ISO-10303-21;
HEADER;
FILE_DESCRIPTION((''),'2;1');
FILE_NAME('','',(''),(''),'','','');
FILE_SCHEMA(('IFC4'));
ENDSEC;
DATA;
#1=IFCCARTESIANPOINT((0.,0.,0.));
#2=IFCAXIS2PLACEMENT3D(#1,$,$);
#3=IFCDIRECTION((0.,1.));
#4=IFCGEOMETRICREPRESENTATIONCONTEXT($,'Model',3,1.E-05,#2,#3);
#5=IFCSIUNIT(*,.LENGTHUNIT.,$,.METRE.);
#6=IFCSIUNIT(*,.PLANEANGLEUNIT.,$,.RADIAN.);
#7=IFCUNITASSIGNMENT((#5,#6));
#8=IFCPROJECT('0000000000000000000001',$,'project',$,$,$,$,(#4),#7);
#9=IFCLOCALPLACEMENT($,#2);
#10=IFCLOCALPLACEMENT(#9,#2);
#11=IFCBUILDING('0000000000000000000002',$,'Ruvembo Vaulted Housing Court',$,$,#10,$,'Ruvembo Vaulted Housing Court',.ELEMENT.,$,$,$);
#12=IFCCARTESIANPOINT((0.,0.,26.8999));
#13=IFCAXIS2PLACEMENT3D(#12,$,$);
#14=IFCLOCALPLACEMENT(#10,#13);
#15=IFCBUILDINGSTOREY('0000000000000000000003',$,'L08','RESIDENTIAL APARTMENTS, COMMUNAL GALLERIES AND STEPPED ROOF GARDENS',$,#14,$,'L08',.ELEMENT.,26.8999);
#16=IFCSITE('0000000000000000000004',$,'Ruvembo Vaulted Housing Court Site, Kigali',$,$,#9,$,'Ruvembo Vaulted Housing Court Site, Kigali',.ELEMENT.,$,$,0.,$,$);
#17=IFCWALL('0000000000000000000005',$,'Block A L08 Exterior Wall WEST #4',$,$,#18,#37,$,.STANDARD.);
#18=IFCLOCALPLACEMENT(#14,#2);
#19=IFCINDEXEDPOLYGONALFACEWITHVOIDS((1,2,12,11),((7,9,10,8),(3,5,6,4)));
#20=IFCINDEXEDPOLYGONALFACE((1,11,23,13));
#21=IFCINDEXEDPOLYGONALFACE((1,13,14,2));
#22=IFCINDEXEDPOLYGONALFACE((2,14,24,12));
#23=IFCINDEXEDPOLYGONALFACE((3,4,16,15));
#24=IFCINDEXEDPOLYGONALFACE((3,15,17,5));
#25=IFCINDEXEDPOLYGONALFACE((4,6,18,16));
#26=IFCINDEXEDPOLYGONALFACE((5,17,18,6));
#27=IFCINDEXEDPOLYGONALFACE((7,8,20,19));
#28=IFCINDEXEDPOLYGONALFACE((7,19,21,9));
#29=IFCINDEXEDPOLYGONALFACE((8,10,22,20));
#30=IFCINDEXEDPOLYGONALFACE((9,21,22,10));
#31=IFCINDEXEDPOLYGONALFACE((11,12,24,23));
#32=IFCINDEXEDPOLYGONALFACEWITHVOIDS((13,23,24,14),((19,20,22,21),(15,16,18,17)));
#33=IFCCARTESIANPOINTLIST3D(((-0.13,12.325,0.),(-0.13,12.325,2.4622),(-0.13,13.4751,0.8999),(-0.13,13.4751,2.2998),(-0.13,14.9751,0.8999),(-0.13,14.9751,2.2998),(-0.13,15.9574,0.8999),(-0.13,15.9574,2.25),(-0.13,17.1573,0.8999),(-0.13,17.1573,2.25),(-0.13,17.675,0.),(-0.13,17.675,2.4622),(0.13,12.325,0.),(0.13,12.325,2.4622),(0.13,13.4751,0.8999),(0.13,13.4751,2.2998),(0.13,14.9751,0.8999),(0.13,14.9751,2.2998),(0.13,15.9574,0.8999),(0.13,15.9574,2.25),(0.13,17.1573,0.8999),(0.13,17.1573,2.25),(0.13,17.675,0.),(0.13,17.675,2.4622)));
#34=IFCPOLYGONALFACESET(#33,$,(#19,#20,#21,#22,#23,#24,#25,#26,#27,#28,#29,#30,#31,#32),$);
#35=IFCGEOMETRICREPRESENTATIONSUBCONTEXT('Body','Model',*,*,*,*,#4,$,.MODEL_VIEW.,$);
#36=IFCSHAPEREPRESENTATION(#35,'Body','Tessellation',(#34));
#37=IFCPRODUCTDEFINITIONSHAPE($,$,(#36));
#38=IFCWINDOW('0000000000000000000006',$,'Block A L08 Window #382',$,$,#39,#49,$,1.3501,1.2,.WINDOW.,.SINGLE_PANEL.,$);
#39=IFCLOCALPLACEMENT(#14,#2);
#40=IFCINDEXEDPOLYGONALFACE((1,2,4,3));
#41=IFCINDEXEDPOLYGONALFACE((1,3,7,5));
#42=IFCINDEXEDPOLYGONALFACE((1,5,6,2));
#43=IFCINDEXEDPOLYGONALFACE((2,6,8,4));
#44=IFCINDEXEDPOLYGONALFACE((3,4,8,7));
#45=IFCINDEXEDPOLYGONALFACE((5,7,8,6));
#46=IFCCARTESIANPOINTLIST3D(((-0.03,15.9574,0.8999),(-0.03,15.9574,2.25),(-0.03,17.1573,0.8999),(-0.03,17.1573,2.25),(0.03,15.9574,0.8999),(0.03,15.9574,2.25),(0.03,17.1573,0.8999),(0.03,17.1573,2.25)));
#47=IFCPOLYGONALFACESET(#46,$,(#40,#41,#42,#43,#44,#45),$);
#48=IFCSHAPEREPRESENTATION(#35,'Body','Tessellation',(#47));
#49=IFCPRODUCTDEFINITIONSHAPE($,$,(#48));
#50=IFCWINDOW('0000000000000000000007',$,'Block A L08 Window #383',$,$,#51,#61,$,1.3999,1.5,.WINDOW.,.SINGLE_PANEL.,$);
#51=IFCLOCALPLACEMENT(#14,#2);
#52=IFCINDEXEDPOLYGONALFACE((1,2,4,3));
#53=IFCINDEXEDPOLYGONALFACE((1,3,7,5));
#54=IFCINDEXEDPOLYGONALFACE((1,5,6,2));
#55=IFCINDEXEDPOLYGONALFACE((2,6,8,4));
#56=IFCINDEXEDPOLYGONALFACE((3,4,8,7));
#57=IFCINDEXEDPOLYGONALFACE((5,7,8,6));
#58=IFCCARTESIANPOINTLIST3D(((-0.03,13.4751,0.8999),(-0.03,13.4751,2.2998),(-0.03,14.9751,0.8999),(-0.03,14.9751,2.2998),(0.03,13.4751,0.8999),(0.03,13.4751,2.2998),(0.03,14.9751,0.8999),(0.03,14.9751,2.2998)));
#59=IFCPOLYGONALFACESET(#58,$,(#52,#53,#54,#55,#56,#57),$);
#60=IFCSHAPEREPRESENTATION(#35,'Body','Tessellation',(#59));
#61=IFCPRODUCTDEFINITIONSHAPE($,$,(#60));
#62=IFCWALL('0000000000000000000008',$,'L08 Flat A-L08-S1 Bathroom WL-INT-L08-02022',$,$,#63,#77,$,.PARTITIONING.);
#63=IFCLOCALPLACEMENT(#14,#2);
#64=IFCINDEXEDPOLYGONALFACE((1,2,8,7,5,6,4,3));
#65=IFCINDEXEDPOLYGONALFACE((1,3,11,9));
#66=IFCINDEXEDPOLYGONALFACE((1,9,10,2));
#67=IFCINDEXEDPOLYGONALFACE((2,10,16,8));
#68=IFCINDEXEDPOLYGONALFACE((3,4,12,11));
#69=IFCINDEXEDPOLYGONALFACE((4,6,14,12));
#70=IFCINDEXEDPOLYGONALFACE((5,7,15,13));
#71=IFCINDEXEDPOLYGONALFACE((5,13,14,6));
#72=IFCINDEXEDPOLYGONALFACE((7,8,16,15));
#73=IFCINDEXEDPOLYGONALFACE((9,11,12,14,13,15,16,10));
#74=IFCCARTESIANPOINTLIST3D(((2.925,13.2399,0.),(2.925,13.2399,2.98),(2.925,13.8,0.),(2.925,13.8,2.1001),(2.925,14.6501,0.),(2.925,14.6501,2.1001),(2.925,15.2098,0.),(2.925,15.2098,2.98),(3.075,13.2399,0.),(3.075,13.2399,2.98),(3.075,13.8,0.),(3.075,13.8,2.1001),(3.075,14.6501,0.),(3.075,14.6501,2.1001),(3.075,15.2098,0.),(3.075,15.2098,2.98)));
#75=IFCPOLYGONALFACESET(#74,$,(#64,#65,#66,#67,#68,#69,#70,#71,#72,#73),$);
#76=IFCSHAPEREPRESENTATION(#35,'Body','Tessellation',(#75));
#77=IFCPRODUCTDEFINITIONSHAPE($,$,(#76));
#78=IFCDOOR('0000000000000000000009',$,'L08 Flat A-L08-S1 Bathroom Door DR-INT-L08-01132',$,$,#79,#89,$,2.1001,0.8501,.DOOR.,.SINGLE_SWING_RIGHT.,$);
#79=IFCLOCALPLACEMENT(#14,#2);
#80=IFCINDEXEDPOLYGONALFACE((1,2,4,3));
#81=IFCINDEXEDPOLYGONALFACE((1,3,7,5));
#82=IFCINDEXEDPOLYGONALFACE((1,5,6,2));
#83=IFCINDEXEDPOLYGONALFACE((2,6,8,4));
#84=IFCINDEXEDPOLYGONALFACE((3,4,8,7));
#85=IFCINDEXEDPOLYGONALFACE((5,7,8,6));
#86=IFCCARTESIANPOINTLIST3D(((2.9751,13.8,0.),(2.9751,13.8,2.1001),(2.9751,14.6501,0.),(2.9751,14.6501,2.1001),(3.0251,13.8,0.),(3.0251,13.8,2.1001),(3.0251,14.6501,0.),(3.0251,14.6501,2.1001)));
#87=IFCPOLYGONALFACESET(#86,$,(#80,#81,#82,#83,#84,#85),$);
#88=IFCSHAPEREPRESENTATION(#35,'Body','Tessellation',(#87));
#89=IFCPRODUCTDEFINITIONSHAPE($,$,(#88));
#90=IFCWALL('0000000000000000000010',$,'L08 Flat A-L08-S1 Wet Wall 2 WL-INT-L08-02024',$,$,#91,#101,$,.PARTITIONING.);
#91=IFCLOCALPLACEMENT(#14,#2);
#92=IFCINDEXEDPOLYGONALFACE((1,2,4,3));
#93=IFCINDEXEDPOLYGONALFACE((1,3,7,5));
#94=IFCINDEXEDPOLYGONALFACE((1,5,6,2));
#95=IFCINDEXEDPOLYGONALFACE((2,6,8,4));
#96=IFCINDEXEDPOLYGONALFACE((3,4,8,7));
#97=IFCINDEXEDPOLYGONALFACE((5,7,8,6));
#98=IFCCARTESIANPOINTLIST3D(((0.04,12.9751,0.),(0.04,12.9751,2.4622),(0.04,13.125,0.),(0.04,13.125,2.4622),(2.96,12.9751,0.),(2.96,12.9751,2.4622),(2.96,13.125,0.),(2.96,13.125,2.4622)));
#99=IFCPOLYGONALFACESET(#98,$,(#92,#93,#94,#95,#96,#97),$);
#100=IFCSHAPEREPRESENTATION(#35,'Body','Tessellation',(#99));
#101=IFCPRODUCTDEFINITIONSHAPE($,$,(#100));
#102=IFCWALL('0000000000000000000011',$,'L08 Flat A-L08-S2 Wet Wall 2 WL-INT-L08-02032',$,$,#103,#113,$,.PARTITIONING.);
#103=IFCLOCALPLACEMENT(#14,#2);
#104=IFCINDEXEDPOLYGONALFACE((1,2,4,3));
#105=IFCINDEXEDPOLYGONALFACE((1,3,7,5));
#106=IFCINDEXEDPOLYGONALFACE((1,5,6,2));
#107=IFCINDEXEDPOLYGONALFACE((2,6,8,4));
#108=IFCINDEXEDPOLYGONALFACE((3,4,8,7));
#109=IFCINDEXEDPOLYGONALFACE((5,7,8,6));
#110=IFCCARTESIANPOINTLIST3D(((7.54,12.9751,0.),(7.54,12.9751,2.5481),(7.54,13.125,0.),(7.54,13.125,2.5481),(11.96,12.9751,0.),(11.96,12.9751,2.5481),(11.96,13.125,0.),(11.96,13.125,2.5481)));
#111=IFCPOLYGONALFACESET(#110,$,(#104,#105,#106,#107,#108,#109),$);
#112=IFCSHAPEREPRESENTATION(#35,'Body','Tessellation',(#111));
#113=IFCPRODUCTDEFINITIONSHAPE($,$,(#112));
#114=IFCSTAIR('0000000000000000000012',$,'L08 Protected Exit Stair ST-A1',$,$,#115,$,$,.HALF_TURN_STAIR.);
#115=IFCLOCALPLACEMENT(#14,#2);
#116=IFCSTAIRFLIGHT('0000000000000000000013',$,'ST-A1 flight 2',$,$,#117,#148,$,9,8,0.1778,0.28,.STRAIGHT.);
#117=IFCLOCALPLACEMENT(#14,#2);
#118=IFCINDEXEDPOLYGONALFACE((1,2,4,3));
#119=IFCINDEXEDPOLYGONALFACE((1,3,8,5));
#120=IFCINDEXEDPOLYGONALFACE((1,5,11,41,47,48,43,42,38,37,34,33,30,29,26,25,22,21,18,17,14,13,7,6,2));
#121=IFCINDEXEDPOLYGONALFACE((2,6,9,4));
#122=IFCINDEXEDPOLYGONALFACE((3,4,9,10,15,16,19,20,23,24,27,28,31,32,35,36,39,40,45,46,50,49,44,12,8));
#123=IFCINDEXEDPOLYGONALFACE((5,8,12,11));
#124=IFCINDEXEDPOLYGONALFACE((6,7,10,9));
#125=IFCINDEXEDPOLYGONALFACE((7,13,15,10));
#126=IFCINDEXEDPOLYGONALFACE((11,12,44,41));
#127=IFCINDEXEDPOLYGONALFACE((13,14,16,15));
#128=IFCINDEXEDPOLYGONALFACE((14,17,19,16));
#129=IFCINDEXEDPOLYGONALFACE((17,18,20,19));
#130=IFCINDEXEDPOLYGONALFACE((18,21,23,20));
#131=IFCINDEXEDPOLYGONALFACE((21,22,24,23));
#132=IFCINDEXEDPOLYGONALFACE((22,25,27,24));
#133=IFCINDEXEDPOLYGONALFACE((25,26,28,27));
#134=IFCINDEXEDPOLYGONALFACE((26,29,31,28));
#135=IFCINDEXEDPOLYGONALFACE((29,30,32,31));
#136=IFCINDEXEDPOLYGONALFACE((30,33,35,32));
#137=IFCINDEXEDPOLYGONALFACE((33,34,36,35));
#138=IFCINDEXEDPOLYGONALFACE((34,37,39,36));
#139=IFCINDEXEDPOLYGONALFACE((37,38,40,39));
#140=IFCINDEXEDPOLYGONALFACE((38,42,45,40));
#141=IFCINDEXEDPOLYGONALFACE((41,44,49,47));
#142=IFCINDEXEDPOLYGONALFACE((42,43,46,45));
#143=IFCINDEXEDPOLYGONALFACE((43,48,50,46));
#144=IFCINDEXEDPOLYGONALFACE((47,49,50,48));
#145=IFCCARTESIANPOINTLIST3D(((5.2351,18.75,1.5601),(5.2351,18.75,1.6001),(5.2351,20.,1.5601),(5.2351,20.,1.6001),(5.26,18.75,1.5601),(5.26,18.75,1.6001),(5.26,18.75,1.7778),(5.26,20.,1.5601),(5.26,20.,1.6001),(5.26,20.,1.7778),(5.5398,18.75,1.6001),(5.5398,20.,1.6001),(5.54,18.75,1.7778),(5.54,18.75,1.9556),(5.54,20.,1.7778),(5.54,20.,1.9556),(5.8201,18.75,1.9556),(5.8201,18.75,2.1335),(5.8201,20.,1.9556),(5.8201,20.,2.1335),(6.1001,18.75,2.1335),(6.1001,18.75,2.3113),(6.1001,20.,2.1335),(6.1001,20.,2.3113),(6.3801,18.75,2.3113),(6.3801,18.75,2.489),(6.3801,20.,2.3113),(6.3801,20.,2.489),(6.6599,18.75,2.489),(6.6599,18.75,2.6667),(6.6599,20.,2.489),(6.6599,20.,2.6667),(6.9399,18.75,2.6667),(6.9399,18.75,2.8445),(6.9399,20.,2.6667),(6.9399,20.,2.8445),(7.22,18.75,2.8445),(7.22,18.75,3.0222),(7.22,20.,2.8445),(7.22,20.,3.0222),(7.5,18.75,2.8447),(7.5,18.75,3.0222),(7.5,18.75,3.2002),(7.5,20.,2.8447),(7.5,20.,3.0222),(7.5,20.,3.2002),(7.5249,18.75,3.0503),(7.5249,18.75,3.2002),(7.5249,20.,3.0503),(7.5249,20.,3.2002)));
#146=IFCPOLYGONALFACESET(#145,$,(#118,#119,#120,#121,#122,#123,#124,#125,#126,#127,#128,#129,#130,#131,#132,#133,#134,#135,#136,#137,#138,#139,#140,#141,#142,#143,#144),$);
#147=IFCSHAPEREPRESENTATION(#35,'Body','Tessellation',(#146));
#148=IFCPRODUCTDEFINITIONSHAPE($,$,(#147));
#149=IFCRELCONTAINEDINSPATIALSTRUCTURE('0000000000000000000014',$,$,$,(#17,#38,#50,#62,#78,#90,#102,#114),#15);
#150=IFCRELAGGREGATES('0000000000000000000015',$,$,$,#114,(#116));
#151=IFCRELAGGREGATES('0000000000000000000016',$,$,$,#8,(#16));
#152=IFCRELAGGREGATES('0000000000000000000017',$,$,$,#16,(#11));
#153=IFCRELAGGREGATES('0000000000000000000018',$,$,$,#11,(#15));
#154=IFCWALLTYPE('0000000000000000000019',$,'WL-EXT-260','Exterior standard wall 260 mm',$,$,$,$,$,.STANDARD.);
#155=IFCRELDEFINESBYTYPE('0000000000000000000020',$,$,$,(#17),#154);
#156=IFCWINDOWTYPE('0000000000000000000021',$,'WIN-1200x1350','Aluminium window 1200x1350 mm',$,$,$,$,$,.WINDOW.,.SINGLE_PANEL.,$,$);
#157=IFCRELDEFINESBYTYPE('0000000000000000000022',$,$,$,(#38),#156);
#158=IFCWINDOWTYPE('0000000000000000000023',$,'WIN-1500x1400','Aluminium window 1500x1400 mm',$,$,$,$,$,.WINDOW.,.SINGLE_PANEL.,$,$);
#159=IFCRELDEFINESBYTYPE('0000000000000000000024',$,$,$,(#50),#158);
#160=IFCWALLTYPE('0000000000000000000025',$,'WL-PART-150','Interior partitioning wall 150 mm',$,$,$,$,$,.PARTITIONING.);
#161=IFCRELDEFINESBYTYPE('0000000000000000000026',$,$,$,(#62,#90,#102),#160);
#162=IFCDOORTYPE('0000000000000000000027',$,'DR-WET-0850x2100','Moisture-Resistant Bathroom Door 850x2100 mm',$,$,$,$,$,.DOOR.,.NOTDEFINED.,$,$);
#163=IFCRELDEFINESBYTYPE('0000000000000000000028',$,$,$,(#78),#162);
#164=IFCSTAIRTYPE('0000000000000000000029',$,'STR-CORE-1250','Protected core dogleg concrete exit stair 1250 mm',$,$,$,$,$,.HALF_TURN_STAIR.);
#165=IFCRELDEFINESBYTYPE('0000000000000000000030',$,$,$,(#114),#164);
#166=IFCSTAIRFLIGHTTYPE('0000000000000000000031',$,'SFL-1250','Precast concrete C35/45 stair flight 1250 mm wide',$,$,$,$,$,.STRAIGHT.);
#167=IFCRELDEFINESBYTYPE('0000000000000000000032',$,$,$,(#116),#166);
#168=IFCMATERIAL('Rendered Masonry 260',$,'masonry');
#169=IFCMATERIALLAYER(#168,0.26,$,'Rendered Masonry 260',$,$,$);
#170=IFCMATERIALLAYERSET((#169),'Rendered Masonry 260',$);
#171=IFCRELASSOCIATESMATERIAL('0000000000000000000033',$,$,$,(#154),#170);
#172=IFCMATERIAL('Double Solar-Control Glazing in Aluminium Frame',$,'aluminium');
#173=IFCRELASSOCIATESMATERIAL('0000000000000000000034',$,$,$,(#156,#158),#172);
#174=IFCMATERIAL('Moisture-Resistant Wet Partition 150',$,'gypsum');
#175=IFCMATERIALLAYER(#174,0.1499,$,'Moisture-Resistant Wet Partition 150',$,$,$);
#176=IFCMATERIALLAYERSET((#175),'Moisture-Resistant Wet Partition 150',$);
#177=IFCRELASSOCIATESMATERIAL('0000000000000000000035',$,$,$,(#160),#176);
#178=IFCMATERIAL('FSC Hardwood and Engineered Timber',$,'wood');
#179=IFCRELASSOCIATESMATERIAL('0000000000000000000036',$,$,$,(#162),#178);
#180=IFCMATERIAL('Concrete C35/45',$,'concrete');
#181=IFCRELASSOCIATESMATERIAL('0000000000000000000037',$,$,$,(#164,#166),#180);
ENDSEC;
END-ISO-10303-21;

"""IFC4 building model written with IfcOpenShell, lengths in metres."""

from ifc_helpers import new_model, si_unit, direction, frame, frame_2d, origin, place, context, subcontext, project, spatial, polyline, rectangle, outline, extrude, material, layer, layer_set, type_object, element, fill, aggregate, save


model = new_model("IFC4")

# Units and contexts
model_context = context("Model", 3, precision=1e-05, world=origin(), true_north=direction((0.0, 1.0)))
body_context = subcontext(model_context, "Body", "Model", "MODEL_VIEW")
ifc_project = project(units=[si_unit("LENGTHUNIT", "METRE"), si_unit("PLANEANGLEUNIT", "RADIAN")], contexts=[model_context])

# Site, building, storey
site_placement = place(None, origin())
site = spatial("IfcSite", under=ifc_project, at=site_placement, Name="Ruvembo Vaulted Housing Court Site, Kigali", LongName="Ruvembo Vaulted Housing Court Site, Kigali", CompositionType="ELEMENT", RefElevation=0.0)
building_placement = place(site_placement, origin())
building = spatial("IfcBuilding", under=site, at=building_placement, Name="Ruvembo Vaulted Housing Court", LongName="Ruvembo Vaulted Housing Court", CompositionType="ELEMENT")
storey_placement = place(building_placement, frame((0.0, 0.0, 26.8999)))
storey = spatial("IfcBuildingStorey", under=building, at=storey_placement, Name="L08", Description="RESIDENTIAL APARTMENTS, COMMUNAL GALLERIES AND STEPPED ROOF GARDENS", LongName="L08", CompositionType="ELEMENT", Elevation=26.8999)

# Shared definitions
ifc_material_1 = material(Name="Concrete C35/45", Category="concrete")

# Shared definitions
ifc_material_2 = material(Name="FSC Hardwood and Engineered Timber", Category="wood")

# Wall, openings, windows
ifc_material_3 = material(Name="Rendered Masonry 260", Category="masonry")
ifc_layer_1 = layer(ifc_material_3, 0.26, Name="Rendered Masonry 260")
ifc_layer_set_1 = layer_set([ifc_layer_1], Name="Rendered Masonry 260")
wall_type_1 = type_object("IfcWallType", Name="WL-EXT-260", Description="Exterior standard wall 260 mm", PredefinedType="STANDARD", material=ifc_layer_set_1)
wall_1_placement = place(storey_placement, frame((0.0, 17.675, 0.0), z_axis=(0.0, 0.0, 1.0), x_axis=(0.0, -1.0, 0.0)))
wall_1 = element("IfcWall", 1, at=wall_1_placement, inside=storey, type_object=wall_type_1, Name="Block A L08 Exterior Wall WEST #4", PredefinedType="STANDARD", context=body_context, shape_type="SweptSolid", body=[
    extrude(rectangle(XDim=5.3501, YDim=0.26, at=frame_2d((2.675, 0.0))), origin(), (0.0, 0.0, 1.0), 2.4622),
])
opening_1_placement = place(wall_1_placement, frame((0.5176, 0.0, 0.8999)))
opening_1 = element("IfcOpeningElement", 2, at=opening_1_placement, cuts=wall_1, PredefinedType="OPENING", context=body_context, shape_type="SweptSolid", body=[
    extrude(rectangle(XDim=1.2, YDim=1.3501, at=frame_2d((0.6001, 0.675))), frame((0.0, 0.1399, 0.0), z_axis=(0.0, -1.0, 0.0), x_axis=(1.0, 0.0, 0.0)), (0.0, 0.0, 1.0), 0.28),
])
opening_2_placement = place(wall_1_placement, frame((2.7, 0.0, 0.8999)))
opening_2 = element("IfcOpeningElement", 3, at=opening_2_placement, cuts=wall_1, PredefinedType="OPENING", context=body_context, shape_type="SweptSolid", body=[
    extrude(rectangle(XDim=1.5, YDim=1.3999, at=frame_2d((0.75, 0.7))), frame((0.0, 0.1399, 0.0), z_axis=(0.0, -1.0, 0.0), x_axis=(1.0, 0.0, 0.0)), (0.0, 0.0, 1.0), 0.28),
])
ifc_material_4 = material(Name="Double Solar-Control Glazing in Aluminium Frame", Category="aluminium")
window_type_1 = type_object("IfcWindowType", Name="WIN-1200x1350", Description="Aluminium window 1200x1350 mm", PartitioningType="SINGLE_PANEL", PredefinedType="WINDOW", material=ifc_material_4)
window_1_placement = place(opening_1_placement, origin())
window_1 = element("IfcWindow", 4, at=window_1_placement, inside=storey, type_object=window_type_1, Name="Block A L08 Window #382", OverallHeight=1.3501, OverallWidth=1.2, PartitioningType="SINGLE_PANEL", PredefinedType="WINDOW", context=body_context, shape_type="SweptSolid", body=[
    extrude(rectangle(XDim=1.2, YDim=1.3501, at=frame_2d((0.6001, 0.675))), frame((0.0, 0.03, 0.0), z_axis=(0.0, -1.0, 0.0), x_axis=(1.0, 0.0, 0.0)), (0.0, 0.0, 1.0), 0.0601),
])
fill(opening_1, window_1)
window_type_2 = type_object("IfcWindowType", Name="WIN-1500x1400", Description="Aluminium window 1500x1400 mm", PartitioningType="SINGLE_PANEL", PredefinedType="WINDOW", material=ifc_material_4)
window_2_placement = place(opening_2_placement, origin())
window_2 = element("IfcWindow", 5, at=window_2_placement, inside=storey, type_object=window_type_2, Name="Block A L08 Window #383", OverallHeight=1.3999, OverallWidth=1.5, PartitioningType="SINGLE_PANEL", PredefinedType="WINDOW", context=body_context, shape_type="SweptSolid", body=[
    extrude(rectangle(XDim=1.5, YDim=1.3999, at=frame_2d((0.75, 0.7))), frame((0.0, 0.03, 0.0), z_axis=(0.0, -1.0, 0.0), x_axis=(1.0, 0.0, 0.0)), (0.0, 0.0, 1.0), 0.0601),
])
fill(opening_2, window_2)

# Wall, opening, door
ifc_material_5 = material(Name="Moisture-Resistant Wet Partition 150", Category="gypsum")
ifc_layer_2 = layer(ifc_material_5, 0.1499, Name="Moisture-Resistant Wet Partition 150")
ifc_layer_set_2 = layer_set([ifc_layer_2], Name="Moisture-Resistant Wet Partition 150")
wall_type_2 = type_object("IfcWallType", Name="WL-PART-150", Description="Interior partitioning wall 150 mm", PredefinedType="PARTITIONING", material=ifc_layer_set_2)
wall_2_placement = place(storey_placement, frame((3.0, 13.24, 0.0), z_axis=(0.0, 0.0, 1.0), x_axis=(0.0, 1.0, 0.0)))
wall_2 = element("IfcWall", 6, at=wall_2_placement, inside=storey, type_object=wall_type_2, Name="L08 Flat A-L08-S1 Bathroom WL-INT-L08-02022", PredefinedType="PARTITIONING", context=body_context, shape_type="SweptSolid", body=[
    extrude(rectangle(XDim=1.97, YDim=0.1499, at=frame_2d((0.9849, 0.0))), origin(), (0.0, 0.0, 1.0), 2.98),
])
opening_3_placement = place(wall_2_placement, frame((0.5601, 0.0, 0.0)))
opening_3 = element("IfcOpeningElement", 7, at=opening_3_placement, cuts=wall_2, PredefinedType="OPENING", context=body_context, shape_type="SweptSolid", body=[
    extrude(rectangle(XDim=0.8501, YDim=2.1001, at=frame_2d((0.425, 1.05))), frame((0.0, 0.085, 0.0), z_axis=(0.0, -1.0, 0.0), x_axis=(1.0, 0.0, 0.0)), (0.0, 0.0, 1.0), 0.1699),
])
door_type_1 = type_object("IfcDoorType", Name="DR-WET-0850x2100", Description="Moisture-Resistant Bathroom Door 850x2100 mm", OperationType="NOTDEFINED", PredefinedType="DOOR", material=ifc_material_2)
door_1_placement = place(opening_3_placement, origin())
door_1 = element("IfcDoor", 8, at=door_1_placement, inside=storey, type_object=door_type_1, Name="L08 Flat A-L08-S1 Bathroom Door DR-INT-L08-01132", OperationType="SINGLE_SWING_RIGHT", OverallHeight=2.1001, OverallWidth=0.8501, PredefinedType="DOOR", context=body_context, shape_type="SweptSolid", body=[
    extrude(rectangle(XDim=0.8501, YDim=2.1001, at=frame_2d((0.425, 1.05))), frame((0.0, 0.0249, 0.0), z_axis=(0.0, -1.0, 0.0), x_axis=(1.0, 0.0, 0.0)), (0.0, 0.0, 1.0), 0.05),
])
fill(opening_3, door_1)

# Walls
wall_3_placement = place(storey_placement, frame((0.04, 13.05, 0.0), z_axis=(0.0, 0.0, 1.0), x_axis=(1.0, 0.0, 0.0)))
element("IfcWall", 9, at=wall_3_placement, inside=storey, type_object=wall_type_2, Name="L08 Flat A-L08-S1 Wet Wall 2 WL-INT-L08-02024", PredefinedType="PARTITIONING", context=body_context, shape_type="SweptSolid", body=[
    extrude(rectangle(XDim=2.9199, YDim=0.1499, at=frame_2d((1.46, 0.0))), origin(), (0.0, 0.0, 1.0), 2.4622),
])
wall_4_placement = place(storey_placement, frame((7.54, 13.05, 0.0), z_axis=(0.0, 0.0, 1.0), x_axis=(1.0, 0.0, 0.0)))
element("IfcWall", 10, at=wall_4_placement, inside=storey, type_object=wall_type_2, Name="L08 Flat A-L08-S2 Wet Wall 2 WL-INT-L08-02032", PredefinedType="PARTITIONING", context=body_context, shape_type="SweptSolid", body=[
    extrude(rectangle(XDim=4.4199, YDim=0.1499, at=frame_2d((2.21, 0.0))), origin(), (0.0, 0.0, 1.0), 2.5481),
])

# Stair, stair flight
stair_type = type_object("IfcStairType", Name="STR-CORE-1250", Description="Protected core dogleg concrete exit stair 1250 mm", PredefinedType="HALF_TURN_STAIR", material=ifc_material_1)
stair_placement = place(storey_placement, origin())
stair = element("IfcStair", 11, at=stair_placement, inside=storey, type_object=stair_type, Name="L08 Protected Exit Stair ST-A1", PredefinedType="HALF_TURN_STAIR")
stair_flight_type = type_object("IfcStairFlightType", Name="SFL-1250", Description="Precast concrete C35/45 stair flight 1250 mm wide", PredefinedType="STRAIGHT", material=ifc_material_1)
stair_flight_placement = place(storey_placement, frame((5.26, 19.375, 1.6001), z_axis=(0.0, 0.0, 1.0), x_axis=(1.0, 0.0, 0.0)))
stair_flight = element("IfcStairFlight", 12, at=stair_flight_placement, type_object=stair_flight_type, Name="ST-A1 flight 2", NumberOfRisers=9, NumberOfTreads=8, PredefinedType="STRAIGHT", RiserHeight=0.1778, TreadLength=0.28, context=body_context, shape_type="SweptSolid", body=[
    extrude(outline(polyline([(-0.0249, -0.04), (-0.0249, 0.0), (0.0, 0.0), (0.0, 0.1777), (0.28, 0.1777), (0.28, 0.3555), (0.5601, 0.3555), (0.5601, 0.5334), (0.8401, 0.5334), (0.8401, 0.7112), (1.1201, 0.7112), (1.1201, 0.8889), (1.3999, 0.8889), (1.3999, 1.0667), (1.6799, 1.0667), (1.6799, 1.2444), (1.96, 1.2444), (1.96, 1.4221), (2.24, 1.4221), (2.24, 1.6001), (2.2649, 1.6001), (2.2649, 1.4502), (2.24, 1.2446), (0.2798, 0.0), (0.0, -0.04), (-0.0249, -0.04)])), frame((0.0, 0.625, 0.0), z_axis=(0.0, -1.0, 0.0), x_axis=(1.0, 0.0, 0.0)), (0.0, 0.0, 1.0), 1.25),
])
aggregate(stair, [stair_flight])

save(model, "model.ifc")
